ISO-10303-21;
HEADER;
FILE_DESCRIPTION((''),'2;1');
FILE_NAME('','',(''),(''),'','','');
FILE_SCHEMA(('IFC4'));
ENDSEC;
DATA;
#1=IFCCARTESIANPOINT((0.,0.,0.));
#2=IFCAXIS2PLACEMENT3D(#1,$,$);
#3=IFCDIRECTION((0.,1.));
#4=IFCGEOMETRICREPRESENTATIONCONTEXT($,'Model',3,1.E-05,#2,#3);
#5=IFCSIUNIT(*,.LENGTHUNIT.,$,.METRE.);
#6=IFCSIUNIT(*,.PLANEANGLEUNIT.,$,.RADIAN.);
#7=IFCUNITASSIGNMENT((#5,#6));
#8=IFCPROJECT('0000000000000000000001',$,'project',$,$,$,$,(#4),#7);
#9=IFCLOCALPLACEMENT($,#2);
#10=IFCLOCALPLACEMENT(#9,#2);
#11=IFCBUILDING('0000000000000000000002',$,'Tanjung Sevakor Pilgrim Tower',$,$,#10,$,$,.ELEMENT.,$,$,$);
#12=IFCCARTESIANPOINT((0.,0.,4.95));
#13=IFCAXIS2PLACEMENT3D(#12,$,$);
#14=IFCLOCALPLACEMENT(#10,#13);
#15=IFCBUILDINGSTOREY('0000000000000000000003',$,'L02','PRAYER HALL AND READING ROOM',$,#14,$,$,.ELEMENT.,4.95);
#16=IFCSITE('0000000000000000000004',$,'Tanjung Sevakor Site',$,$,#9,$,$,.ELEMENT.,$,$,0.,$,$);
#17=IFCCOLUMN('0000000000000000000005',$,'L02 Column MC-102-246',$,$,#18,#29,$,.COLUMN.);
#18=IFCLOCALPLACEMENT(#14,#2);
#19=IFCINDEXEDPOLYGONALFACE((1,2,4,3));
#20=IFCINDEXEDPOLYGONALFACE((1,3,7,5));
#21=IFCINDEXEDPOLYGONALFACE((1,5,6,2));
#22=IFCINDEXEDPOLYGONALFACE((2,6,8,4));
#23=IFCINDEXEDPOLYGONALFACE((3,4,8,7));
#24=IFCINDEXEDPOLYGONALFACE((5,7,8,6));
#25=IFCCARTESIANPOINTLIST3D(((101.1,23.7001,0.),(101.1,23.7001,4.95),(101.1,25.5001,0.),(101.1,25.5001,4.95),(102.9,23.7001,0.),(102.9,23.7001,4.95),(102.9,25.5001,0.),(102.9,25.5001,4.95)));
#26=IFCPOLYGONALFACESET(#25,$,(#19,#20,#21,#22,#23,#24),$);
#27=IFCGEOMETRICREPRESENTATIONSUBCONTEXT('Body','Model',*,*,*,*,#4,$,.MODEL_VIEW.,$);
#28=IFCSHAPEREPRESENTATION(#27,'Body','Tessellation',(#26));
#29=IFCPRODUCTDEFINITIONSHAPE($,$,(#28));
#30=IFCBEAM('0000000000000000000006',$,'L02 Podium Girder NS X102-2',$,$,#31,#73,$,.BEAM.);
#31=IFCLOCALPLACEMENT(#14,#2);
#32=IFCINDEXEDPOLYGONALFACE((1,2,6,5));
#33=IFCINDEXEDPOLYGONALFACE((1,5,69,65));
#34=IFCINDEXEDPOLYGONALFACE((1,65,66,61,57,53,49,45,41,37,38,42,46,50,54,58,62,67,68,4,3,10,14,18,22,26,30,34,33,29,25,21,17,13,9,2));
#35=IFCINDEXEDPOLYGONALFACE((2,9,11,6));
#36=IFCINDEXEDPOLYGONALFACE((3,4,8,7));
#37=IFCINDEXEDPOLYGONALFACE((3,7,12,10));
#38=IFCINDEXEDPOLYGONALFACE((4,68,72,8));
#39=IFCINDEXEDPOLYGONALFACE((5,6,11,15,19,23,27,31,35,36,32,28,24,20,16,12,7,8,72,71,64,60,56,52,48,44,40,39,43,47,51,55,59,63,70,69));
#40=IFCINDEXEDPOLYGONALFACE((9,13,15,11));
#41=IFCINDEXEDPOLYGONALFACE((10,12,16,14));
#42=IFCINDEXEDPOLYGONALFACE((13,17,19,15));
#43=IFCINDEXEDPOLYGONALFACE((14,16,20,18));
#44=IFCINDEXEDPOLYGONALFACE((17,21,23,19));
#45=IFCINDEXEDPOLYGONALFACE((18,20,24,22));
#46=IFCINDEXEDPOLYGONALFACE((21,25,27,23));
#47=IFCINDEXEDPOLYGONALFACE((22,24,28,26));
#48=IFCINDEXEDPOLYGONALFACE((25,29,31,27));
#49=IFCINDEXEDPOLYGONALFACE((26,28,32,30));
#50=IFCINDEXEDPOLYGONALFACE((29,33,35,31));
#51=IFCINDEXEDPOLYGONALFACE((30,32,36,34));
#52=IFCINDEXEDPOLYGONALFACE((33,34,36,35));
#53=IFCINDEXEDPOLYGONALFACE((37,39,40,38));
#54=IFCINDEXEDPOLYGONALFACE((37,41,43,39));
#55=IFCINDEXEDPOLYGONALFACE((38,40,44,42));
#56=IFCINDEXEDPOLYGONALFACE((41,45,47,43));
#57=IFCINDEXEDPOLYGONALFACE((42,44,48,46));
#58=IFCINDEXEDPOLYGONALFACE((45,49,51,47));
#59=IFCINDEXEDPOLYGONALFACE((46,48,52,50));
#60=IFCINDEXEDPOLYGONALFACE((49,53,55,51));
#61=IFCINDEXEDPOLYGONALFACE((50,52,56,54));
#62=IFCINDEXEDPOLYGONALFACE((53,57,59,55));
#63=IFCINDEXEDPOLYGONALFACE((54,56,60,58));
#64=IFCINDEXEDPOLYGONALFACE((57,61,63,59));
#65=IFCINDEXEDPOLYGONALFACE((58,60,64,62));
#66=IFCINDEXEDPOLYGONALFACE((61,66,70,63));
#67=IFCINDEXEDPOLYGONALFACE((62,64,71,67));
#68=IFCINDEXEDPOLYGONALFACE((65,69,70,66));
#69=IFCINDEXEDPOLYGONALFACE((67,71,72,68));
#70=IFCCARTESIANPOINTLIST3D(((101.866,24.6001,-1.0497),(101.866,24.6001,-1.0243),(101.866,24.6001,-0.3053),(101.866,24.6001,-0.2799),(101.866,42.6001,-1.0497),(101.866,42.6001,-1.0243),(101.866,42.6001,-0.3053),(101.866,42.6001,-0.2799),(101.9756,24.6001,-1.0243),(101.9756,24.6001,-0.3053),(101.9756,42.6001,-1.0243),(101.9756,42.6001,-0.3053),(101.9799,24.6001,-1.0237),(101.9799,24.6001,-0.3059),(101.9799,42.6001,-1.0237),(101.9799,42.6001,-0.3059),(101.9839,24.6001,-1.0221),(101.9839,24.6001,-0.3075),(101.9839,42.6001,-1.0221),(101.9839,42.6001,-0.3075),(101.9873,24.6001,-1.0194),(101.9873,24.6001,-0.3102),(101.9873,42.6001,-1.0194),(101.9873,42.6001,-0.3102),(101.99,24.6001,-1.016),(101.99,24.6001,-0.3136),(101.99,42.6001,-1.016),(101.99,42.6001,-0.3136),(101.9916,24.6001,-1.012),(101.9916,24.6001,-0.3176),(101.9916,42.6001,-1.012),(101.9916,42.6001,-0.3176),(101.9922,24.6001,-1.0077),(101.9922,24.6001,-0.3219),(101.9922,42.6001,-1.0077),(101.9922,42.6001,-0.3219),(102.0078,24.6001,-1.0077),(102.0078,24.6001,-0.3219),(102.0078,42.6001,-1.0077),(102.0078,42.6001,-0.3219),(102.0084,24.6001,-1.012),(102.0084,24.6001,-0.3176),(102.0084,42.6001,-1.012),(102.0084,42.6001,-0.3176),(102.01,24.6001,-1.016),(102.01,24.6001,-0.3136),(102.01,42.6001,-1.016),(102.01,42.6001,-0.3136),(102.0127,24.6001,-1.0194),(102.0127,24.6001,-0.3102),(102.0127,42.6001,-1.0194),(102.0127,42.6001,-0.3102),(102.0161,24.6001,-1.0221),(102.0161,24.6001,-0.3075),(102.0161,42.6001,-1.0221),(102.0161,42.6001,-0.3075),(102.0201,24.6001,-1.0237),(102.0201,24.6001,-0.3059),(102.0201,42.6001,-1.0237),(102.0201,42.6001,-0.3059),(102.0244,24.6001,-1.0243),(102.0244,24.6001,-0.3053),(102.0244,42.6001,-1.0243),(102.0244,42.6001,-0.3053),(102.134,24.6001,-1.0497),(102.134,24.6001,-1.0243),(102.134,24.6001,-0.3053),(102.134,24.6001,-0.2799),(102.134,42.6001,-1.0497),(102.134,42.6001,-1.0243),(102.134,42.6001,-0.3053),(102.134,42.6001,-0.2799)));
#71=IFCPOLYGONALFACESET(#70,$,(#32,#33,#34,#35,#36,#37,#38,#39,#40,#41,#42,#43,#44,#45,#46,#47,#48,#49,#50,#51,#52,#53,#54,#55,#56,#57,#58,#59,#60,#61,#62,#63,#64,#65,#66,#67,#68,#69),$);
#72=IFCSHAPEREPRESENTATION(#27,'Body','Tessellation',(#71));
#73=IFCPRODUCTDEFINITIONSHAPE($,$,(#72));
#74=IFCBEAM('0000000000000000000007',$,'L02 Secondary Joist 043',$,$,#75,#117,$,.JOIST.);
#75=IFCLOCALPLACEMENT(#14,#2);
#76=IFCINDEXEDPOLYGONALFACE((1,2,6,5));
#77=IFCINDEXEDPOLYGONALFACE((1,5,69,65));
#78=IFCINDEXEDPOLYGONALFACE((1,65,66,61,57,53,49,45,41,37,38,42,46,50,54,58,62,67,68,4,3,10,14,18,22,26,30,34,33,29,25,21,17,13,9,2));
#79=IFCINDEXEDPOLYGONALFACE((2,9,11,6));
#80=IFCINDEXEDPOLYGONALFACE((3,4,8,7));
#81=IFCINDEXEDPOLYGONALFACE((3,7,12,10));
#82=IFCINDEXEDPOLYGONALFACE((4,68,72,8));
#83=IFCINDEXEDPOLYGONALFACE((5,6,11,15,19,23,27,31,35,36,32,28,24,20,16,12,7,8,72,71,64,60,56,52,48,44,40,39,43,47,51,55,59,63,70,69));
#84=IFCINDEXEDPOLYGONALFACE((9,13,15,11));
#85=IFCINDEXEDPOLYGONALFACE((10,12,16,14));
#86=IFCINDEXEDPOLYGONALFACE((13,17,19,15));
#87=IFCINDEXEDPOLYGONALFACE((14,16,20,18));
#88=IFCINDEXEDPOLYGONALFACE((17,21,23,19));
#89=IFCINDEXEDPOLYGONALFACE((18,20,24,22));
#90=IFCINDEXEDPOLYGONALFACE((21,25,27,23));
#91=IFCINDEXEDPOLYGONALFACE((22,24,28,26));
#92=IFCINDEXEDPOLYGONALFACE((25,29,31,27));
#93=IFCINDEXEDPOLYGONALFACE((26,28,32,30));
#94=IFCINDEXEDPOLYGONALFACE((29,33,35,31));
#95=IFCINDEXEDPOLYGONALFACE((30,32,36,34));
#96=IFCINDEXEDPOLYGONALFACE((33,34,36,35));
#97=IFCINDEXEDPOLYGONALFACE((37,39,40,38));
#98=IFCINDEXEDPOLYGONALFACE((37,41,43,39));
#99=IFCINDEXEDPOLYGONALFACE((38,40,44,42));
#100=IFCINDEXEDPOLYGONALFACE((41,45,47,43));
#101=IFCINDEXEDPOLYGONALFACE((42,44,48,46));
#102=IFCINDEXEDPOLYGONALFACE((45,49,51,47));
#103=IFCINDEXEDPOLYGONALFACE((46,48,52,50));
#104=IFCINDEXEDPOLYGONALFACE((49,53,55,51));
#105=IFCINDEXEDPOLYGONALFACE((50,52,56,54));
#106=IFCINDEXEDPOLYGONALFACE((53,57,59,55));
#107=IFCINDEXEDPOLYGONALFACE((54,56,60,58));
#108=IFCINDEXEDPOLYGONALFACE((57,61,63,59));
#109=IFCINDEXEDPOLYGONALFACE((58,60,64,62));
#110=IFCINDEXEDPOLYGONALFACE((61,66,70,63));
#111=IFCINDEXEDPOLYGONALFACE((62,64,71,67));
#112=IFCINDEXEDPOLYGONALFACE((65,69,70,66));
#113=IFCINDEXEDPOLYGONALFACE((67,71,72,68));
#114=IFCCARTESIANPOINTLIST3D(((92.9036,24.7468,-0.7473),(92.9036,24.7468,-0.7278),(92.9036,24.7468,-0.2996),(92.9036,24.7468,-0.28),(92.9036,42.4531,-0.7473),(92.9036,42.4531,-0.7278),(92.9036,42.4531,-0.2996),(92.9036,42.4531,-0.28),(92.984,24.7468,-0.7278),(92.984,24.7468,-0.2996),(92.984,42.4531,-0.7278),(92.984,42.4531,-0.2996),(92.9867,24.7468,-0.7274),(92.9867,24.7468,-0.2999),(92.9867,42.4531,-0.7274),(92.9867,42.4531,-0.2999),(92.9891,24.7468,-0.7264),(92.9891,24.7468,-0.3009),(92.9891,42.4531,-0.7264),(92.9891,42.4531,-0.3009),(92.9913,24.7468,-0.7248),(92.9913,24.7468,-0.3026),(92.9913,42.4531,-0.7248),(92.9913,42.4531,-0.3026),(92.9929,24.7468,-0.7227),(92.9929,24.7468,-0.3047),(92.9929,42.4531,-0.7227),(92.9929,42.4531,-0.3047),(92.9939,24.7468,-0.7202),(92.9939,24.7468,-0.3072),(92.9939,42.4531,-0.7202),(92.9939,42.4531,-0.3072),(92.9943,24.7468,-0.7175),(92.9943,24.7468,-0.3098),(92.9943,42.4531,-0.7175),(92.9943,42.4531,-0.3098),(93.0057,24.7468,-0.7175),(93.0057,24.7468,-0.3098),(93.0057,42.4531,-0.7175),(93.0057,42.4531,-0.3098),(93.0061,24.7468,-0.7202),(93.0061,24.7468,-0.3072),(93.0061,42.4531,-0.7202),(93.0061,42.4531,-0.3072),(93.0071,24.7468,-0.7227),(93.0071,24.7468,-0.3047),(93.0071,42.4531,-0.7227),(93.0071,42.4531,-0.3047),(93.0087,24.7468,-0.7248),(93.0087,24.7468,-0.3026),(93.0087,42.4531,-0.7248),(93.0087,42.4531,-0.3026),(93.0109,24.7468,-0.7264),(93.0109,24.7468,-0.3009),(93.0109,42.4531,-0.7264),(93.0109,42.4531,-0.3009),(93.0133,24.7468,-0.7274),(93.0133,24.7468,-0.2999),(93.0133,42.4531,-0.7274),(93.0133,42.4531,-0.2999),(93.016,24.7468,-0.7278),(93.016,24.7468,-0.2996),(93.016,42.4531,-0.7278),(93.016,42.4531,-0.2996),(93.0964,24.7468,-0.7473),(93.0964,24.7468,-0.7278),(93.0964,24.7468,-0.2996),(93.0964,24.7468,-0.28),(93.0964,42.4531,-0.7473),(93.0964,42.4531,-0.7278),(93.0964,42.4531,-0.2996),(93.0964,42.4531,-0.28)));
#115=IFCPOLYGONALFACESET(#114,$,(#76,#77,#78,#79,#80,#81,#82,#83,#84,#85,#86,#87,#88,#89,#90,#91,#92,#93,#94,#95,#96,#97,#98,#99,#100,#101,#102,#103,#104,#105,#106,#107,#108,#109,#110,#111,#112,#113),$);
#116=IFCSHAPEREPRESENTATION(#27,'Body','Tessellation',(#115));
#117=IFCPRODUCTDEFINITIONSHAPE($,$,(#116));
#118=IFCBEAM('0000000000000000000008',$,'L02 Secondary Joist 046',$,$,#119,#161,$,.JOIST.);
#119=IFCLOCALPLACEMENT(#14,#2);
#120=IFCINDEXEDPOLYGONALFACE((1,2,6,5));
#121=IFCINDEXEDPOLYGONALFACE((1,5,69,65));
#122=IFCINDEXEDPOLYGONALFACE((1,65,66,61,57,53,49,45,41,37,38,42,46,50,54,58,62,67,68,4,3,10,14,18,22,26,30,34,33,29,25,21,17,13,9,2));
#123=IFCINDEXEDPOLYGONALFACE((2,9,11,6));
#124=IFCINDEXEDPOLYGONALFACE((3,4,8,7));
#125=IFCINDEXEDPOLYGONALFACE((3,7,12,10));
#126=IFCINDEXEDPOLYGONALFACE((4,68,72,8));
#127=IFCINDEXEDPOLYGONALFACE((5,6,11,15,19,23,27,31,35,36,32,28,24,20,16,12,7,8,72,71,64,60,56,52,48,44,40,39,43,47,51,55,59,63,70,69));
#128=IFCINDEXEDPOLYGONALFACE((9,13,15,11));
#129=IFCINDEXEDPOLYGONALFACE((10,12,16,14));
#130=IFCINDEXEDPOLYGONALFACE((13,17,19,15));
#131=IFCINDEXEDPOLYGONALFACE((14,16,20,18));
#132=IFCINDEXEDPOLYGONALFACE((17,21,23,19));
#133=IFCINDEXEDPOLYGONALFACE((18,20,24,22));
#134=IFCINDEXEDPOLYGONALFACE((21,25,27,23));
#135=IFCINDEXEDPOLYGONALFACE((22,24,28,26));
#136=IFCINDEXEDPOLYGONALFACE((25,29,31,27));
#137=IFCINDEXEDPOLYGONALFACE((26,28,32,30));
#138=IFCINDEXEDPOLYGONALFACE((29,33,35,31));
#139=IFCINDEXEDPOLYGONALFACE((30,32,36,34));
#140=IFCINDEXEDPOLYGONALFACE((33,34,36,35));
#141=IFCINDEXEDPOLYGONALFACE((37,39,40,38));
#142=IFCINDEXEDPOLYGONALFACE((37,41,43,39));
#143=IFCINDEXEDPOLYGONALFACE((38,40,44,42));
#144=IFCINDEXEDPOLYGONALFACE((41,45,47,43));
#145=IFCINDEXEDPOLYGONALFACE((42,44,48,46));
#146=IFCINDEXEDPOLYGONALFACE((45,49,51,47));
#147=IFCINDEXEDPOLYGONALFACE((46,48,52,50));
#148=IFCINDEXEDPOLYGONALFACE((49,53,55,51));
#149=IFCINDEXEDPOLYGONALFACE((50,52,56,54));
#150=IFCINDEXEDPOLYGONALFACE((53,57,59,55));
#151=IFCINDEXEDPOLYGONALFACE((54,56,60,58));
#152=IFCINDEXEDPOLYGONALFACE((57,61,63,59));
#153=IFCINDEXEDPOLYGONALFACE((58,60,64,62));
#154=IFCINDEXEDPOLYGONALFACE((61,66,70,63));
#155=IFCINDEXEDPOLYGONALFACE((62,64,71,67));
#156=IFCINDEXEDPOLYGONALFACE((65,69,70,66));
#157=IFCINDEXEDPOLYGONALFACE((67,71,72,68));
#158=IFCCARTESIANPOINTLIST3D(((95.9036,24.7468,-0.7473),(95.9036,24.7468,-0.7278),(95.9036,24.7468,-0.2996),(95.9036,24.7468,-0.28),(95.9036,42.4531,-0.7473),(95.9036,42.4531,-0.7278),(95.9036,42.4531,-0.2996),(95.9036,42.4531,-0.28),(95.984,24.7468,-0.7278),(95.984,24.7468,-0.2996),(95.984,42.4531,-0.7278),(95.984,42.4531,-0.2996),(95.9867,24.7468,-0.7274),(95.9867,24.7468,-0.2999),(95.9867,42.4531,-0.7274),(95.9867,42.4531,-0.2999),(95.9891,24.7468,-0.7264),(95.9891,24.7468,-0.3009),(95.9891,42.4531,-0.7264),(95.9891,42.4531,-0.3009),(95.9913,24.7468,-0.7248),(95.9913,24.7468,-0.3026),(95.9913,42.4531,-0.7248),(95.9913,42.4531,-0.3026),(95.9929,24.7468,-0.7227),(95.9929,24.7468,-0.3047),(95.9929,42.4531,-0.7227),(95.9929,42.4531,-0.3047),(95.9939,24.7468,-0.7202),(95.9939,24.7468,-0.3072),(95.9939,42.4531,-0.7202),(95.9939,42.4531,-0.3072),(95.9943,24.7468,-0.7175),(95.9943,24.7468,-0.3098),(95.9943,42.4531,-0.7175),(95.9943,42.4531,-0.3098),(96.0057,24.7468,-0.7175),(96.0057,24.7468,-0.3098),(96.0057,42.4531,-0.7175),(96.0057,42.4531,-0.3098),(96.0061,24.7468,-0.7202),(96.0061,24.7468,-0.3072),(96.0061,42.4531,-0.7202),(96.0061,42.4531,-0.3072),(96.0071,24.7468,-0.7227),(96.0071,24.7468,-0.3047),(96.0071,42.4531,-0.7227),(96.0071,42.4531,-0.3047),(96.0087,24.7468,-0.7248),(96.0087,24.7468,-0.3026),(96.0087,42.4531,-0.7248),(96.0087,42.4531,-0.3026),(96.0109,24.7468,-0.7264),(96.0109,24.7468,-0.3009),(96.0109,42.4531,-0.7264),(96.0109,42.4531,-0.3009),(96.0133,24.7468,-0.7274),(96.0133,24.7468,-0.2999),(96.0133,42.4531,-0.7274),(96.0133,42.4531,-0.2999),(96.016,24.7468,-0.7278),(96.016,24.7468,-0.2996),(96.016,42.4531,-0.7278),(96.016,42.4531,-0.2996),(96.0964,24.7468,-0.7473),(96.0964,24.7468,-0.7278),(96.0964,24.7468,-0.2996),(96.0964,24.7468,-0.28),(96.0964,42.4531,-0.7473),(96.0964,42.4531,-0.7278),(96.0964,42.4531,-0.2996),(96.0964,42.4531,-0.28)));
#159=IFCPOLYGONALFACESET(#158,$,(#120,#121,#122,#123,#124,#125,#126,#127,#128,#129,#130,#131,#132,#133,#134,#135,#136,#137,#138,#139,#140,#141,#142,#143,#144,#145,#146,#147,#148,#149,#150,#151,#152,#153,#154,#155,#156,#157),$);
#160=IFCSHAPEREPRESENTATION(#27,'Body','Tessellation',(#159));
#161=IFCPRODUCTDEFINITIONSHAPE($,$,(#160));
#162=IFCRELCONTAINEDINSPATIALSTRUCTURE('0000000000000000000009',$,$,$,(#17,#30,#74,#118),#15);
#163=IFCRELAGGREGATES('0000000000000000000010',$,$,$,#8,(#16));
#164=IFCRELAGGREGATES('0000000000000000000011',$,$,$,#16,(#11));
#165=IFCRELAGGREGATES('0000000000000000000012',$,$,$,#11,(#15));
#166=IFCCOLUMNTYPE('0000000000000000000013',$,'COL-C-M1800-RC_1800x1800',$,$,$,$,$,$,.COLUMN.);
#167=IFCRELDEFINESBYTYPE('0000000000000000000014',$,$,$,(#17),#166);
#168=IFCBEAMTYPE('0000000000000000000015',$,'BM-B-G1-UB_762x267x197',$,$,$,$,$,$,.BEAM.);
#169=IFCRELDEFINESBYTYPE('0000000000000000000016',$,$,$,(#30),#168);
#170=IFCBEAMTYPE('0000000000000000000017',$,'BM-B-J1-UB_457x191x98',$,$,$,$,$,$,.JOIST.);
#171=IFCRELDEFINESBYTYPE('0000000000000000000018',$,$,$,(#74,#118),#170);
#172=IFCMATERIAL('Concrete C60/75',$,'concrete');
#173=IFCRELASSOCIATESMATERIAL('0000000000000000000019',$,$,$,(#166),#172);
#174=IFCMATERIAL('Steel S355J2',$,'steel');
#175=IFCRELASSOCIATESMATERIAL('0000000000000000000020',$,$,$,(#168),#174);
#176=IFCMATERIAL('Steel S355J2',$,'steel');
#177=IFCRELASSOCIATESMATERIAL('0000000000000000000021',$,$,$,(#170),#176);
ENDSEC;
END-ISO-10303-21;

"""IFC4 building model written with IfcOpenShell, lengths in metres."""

from ifc_helpers import new_model, si_unit, direction, frame, origin, origin_2d, place, context, subcontext, project, spatial, rectangle, i_section, extrude, material, material_profile, profile_set, type_object, element, save


model = new_model("IFC4")

# Units and contexts
model_context = context("Model", 3, precision=1e-05, world=origin(), true_north=direction((0.0, 1.0)))
body_context = subcontext(model_context, "Body", "Model", "MODEL_VIEW")
ifc_project = project(units=[si_unit("LENGTHUNIT", "METRE"), si_unit("PLANEANGLEUNIT", "RADIAN")], contexts=[model_context])

# Site, building, storey
site_placement = place(None, origin())
site = spatial("IfcSite", under=ifc_project, at=site_placement, Name="Tanjung Sevakor Site", CompositionType="ELEMENT", RefElevation=0.0)
building_placement = place(site_placement, origin())
building = spatial("IfcBuilding", under=site, at=building_placement, Name="Tanjung Sevakor Pilgrim Tower", CompositionType="ELEMENT")
storey_placement = place(building_placement, frame((0.0, 0.0, 4.95)))
storey = spatial("IfcBuildingStorey", under=building, at=storey_placement, Name="L02", Description="PRAYER HALL AND READING ROOM", CompositionType="ELEMENT", Elevation=4.95)

# Column
ifc_material_1 = material(Name="Concrete C60/75", Category="concrete")
ifc_material_profile_1 = material_profile(ifc_material_1, rectangle(XDim=1.8, YDim=1.8, at=origin_2d()))
ifc_profile_set_1 = profile_set([ifc_material_profile_1], Name="Concrete C60/75")
column_type = type_object("IfcColumnType", Name="COL-C-M1800-RC_1800x1800", PredefinedType="COLUMN", material=ifc_profile_set_1)
column_placement = place(storey_placement, frame((102.0, 24.6001, 0.0), z_axis=(0.0, 0.0, 1.0), x_axis=(1.0, 0.0, 0.0)))
element("IfcColumn", 1, at=column_placement, inside=storey, type_object=column_type, Name="L02 Column MC-102-246", PredefinedType="COLUMN", context=body_context, shape_type="SweptSolid", body=[
    extrude(rectangle(XDim=1.8, YDim=1.8, at=origin_2d()), origin(), (0.0, 0.0, 1.0), 4.95),
])

# Beams
ifc_material_2 = material(Name="Steel S355J2", Category="steel")
ifc_material_profile_2 = material_profile(ifc_material_2, i_section(OverallWidth=0.2681, OverallDepth=0.7698, WebThickness=0.0156, FlangeThickness=0.0254, FilletRadius=0.0166, at=origin_2d()))
ifc_profile_set_2 = profile_set([ifc_material_profile_2], Name="Steel S355J2")
beam_type_1 = type_object("IfcBeamType", Name="BM-B-G1-UB_762x267x197", PredefinedType="BEAM", material=ifc_profile_set_2)
beam_1_placement = place(storey_placement, frame((102.0, 24.6001, -0.6648), z_axis=(0.0, 1.0, 0.0), x_axis=(-1.0, 0.0, 0.0)))
element("IfcBeam", 2, at=beam_1_placement, inside=storey, type_object=beam_type_1, Name="L02 Podium Girder NS X102-2", PredefinedType="BEAM", context=body_context, shape_type="SweptSolid", body=[
    extrude(i_section(OverallWidth=0.2681, OverallDepth=0.7698, WebThickness=0.0156, FlangeThickness=0.0254, FilletRadius=0.0166, at=origin_2d()), origin(), (0.0, 0.0, 1.0), 18.0),
])
ifc_material_3 = material(Name="Steel S355J2", Category="steel")
ifc_material_profile_3 = material_profile(ifc_material_3, i_section(OverallWidth=0.1929, OverallDepth=0.4673, WebThickness=0.0115, FlangeThickness=0.0195, FilletRadius=0.0103, at=origin_2d()))
ifc_profile_set_3 = profile_set([ifc_material_profile_3], Name="Steel S355J2")
beam_type_2 = type_object("IfcBeamType", Name="BM-B-J1-UB_457x191x98", PredefinedType="JOIST", material=ifc_profile_set_3)
for number, where, z_axis, x_axis, name in (
    (3, (93.0, 24.7468, -0.5137), (0.0, 1.0, 0.0), (-1.0, 0.0, 0.0), "L02 Secondary Joist 043"),
    (4, (96.0, 24.7468, -0.5137), (0.0, 1.0, 0.0), (-1.0, 0.0, 0.0), "L02 Secondary Joist 046"),
):
    element("IfcBeam", number, at=place(storey_placement, frame(where, z_axis=z_axis, x_axis=x_axis)), inside=storey, type_object=beam_type_2, Name=name, PredefinedType="JOIST", context=body_context, shape_type="SweptSolid", body=[
        extrude(i_section(OverallWidth=0.1929, OverallDepth=0.4673, WebThickness=0.0115, FlangeThickness=0.0195, FilletRadius=0.0103, at=origin_2d()), origin(), (0.0, 0.0, 1.0), 17.7063),
    ])

save(model, "model.ifc")
